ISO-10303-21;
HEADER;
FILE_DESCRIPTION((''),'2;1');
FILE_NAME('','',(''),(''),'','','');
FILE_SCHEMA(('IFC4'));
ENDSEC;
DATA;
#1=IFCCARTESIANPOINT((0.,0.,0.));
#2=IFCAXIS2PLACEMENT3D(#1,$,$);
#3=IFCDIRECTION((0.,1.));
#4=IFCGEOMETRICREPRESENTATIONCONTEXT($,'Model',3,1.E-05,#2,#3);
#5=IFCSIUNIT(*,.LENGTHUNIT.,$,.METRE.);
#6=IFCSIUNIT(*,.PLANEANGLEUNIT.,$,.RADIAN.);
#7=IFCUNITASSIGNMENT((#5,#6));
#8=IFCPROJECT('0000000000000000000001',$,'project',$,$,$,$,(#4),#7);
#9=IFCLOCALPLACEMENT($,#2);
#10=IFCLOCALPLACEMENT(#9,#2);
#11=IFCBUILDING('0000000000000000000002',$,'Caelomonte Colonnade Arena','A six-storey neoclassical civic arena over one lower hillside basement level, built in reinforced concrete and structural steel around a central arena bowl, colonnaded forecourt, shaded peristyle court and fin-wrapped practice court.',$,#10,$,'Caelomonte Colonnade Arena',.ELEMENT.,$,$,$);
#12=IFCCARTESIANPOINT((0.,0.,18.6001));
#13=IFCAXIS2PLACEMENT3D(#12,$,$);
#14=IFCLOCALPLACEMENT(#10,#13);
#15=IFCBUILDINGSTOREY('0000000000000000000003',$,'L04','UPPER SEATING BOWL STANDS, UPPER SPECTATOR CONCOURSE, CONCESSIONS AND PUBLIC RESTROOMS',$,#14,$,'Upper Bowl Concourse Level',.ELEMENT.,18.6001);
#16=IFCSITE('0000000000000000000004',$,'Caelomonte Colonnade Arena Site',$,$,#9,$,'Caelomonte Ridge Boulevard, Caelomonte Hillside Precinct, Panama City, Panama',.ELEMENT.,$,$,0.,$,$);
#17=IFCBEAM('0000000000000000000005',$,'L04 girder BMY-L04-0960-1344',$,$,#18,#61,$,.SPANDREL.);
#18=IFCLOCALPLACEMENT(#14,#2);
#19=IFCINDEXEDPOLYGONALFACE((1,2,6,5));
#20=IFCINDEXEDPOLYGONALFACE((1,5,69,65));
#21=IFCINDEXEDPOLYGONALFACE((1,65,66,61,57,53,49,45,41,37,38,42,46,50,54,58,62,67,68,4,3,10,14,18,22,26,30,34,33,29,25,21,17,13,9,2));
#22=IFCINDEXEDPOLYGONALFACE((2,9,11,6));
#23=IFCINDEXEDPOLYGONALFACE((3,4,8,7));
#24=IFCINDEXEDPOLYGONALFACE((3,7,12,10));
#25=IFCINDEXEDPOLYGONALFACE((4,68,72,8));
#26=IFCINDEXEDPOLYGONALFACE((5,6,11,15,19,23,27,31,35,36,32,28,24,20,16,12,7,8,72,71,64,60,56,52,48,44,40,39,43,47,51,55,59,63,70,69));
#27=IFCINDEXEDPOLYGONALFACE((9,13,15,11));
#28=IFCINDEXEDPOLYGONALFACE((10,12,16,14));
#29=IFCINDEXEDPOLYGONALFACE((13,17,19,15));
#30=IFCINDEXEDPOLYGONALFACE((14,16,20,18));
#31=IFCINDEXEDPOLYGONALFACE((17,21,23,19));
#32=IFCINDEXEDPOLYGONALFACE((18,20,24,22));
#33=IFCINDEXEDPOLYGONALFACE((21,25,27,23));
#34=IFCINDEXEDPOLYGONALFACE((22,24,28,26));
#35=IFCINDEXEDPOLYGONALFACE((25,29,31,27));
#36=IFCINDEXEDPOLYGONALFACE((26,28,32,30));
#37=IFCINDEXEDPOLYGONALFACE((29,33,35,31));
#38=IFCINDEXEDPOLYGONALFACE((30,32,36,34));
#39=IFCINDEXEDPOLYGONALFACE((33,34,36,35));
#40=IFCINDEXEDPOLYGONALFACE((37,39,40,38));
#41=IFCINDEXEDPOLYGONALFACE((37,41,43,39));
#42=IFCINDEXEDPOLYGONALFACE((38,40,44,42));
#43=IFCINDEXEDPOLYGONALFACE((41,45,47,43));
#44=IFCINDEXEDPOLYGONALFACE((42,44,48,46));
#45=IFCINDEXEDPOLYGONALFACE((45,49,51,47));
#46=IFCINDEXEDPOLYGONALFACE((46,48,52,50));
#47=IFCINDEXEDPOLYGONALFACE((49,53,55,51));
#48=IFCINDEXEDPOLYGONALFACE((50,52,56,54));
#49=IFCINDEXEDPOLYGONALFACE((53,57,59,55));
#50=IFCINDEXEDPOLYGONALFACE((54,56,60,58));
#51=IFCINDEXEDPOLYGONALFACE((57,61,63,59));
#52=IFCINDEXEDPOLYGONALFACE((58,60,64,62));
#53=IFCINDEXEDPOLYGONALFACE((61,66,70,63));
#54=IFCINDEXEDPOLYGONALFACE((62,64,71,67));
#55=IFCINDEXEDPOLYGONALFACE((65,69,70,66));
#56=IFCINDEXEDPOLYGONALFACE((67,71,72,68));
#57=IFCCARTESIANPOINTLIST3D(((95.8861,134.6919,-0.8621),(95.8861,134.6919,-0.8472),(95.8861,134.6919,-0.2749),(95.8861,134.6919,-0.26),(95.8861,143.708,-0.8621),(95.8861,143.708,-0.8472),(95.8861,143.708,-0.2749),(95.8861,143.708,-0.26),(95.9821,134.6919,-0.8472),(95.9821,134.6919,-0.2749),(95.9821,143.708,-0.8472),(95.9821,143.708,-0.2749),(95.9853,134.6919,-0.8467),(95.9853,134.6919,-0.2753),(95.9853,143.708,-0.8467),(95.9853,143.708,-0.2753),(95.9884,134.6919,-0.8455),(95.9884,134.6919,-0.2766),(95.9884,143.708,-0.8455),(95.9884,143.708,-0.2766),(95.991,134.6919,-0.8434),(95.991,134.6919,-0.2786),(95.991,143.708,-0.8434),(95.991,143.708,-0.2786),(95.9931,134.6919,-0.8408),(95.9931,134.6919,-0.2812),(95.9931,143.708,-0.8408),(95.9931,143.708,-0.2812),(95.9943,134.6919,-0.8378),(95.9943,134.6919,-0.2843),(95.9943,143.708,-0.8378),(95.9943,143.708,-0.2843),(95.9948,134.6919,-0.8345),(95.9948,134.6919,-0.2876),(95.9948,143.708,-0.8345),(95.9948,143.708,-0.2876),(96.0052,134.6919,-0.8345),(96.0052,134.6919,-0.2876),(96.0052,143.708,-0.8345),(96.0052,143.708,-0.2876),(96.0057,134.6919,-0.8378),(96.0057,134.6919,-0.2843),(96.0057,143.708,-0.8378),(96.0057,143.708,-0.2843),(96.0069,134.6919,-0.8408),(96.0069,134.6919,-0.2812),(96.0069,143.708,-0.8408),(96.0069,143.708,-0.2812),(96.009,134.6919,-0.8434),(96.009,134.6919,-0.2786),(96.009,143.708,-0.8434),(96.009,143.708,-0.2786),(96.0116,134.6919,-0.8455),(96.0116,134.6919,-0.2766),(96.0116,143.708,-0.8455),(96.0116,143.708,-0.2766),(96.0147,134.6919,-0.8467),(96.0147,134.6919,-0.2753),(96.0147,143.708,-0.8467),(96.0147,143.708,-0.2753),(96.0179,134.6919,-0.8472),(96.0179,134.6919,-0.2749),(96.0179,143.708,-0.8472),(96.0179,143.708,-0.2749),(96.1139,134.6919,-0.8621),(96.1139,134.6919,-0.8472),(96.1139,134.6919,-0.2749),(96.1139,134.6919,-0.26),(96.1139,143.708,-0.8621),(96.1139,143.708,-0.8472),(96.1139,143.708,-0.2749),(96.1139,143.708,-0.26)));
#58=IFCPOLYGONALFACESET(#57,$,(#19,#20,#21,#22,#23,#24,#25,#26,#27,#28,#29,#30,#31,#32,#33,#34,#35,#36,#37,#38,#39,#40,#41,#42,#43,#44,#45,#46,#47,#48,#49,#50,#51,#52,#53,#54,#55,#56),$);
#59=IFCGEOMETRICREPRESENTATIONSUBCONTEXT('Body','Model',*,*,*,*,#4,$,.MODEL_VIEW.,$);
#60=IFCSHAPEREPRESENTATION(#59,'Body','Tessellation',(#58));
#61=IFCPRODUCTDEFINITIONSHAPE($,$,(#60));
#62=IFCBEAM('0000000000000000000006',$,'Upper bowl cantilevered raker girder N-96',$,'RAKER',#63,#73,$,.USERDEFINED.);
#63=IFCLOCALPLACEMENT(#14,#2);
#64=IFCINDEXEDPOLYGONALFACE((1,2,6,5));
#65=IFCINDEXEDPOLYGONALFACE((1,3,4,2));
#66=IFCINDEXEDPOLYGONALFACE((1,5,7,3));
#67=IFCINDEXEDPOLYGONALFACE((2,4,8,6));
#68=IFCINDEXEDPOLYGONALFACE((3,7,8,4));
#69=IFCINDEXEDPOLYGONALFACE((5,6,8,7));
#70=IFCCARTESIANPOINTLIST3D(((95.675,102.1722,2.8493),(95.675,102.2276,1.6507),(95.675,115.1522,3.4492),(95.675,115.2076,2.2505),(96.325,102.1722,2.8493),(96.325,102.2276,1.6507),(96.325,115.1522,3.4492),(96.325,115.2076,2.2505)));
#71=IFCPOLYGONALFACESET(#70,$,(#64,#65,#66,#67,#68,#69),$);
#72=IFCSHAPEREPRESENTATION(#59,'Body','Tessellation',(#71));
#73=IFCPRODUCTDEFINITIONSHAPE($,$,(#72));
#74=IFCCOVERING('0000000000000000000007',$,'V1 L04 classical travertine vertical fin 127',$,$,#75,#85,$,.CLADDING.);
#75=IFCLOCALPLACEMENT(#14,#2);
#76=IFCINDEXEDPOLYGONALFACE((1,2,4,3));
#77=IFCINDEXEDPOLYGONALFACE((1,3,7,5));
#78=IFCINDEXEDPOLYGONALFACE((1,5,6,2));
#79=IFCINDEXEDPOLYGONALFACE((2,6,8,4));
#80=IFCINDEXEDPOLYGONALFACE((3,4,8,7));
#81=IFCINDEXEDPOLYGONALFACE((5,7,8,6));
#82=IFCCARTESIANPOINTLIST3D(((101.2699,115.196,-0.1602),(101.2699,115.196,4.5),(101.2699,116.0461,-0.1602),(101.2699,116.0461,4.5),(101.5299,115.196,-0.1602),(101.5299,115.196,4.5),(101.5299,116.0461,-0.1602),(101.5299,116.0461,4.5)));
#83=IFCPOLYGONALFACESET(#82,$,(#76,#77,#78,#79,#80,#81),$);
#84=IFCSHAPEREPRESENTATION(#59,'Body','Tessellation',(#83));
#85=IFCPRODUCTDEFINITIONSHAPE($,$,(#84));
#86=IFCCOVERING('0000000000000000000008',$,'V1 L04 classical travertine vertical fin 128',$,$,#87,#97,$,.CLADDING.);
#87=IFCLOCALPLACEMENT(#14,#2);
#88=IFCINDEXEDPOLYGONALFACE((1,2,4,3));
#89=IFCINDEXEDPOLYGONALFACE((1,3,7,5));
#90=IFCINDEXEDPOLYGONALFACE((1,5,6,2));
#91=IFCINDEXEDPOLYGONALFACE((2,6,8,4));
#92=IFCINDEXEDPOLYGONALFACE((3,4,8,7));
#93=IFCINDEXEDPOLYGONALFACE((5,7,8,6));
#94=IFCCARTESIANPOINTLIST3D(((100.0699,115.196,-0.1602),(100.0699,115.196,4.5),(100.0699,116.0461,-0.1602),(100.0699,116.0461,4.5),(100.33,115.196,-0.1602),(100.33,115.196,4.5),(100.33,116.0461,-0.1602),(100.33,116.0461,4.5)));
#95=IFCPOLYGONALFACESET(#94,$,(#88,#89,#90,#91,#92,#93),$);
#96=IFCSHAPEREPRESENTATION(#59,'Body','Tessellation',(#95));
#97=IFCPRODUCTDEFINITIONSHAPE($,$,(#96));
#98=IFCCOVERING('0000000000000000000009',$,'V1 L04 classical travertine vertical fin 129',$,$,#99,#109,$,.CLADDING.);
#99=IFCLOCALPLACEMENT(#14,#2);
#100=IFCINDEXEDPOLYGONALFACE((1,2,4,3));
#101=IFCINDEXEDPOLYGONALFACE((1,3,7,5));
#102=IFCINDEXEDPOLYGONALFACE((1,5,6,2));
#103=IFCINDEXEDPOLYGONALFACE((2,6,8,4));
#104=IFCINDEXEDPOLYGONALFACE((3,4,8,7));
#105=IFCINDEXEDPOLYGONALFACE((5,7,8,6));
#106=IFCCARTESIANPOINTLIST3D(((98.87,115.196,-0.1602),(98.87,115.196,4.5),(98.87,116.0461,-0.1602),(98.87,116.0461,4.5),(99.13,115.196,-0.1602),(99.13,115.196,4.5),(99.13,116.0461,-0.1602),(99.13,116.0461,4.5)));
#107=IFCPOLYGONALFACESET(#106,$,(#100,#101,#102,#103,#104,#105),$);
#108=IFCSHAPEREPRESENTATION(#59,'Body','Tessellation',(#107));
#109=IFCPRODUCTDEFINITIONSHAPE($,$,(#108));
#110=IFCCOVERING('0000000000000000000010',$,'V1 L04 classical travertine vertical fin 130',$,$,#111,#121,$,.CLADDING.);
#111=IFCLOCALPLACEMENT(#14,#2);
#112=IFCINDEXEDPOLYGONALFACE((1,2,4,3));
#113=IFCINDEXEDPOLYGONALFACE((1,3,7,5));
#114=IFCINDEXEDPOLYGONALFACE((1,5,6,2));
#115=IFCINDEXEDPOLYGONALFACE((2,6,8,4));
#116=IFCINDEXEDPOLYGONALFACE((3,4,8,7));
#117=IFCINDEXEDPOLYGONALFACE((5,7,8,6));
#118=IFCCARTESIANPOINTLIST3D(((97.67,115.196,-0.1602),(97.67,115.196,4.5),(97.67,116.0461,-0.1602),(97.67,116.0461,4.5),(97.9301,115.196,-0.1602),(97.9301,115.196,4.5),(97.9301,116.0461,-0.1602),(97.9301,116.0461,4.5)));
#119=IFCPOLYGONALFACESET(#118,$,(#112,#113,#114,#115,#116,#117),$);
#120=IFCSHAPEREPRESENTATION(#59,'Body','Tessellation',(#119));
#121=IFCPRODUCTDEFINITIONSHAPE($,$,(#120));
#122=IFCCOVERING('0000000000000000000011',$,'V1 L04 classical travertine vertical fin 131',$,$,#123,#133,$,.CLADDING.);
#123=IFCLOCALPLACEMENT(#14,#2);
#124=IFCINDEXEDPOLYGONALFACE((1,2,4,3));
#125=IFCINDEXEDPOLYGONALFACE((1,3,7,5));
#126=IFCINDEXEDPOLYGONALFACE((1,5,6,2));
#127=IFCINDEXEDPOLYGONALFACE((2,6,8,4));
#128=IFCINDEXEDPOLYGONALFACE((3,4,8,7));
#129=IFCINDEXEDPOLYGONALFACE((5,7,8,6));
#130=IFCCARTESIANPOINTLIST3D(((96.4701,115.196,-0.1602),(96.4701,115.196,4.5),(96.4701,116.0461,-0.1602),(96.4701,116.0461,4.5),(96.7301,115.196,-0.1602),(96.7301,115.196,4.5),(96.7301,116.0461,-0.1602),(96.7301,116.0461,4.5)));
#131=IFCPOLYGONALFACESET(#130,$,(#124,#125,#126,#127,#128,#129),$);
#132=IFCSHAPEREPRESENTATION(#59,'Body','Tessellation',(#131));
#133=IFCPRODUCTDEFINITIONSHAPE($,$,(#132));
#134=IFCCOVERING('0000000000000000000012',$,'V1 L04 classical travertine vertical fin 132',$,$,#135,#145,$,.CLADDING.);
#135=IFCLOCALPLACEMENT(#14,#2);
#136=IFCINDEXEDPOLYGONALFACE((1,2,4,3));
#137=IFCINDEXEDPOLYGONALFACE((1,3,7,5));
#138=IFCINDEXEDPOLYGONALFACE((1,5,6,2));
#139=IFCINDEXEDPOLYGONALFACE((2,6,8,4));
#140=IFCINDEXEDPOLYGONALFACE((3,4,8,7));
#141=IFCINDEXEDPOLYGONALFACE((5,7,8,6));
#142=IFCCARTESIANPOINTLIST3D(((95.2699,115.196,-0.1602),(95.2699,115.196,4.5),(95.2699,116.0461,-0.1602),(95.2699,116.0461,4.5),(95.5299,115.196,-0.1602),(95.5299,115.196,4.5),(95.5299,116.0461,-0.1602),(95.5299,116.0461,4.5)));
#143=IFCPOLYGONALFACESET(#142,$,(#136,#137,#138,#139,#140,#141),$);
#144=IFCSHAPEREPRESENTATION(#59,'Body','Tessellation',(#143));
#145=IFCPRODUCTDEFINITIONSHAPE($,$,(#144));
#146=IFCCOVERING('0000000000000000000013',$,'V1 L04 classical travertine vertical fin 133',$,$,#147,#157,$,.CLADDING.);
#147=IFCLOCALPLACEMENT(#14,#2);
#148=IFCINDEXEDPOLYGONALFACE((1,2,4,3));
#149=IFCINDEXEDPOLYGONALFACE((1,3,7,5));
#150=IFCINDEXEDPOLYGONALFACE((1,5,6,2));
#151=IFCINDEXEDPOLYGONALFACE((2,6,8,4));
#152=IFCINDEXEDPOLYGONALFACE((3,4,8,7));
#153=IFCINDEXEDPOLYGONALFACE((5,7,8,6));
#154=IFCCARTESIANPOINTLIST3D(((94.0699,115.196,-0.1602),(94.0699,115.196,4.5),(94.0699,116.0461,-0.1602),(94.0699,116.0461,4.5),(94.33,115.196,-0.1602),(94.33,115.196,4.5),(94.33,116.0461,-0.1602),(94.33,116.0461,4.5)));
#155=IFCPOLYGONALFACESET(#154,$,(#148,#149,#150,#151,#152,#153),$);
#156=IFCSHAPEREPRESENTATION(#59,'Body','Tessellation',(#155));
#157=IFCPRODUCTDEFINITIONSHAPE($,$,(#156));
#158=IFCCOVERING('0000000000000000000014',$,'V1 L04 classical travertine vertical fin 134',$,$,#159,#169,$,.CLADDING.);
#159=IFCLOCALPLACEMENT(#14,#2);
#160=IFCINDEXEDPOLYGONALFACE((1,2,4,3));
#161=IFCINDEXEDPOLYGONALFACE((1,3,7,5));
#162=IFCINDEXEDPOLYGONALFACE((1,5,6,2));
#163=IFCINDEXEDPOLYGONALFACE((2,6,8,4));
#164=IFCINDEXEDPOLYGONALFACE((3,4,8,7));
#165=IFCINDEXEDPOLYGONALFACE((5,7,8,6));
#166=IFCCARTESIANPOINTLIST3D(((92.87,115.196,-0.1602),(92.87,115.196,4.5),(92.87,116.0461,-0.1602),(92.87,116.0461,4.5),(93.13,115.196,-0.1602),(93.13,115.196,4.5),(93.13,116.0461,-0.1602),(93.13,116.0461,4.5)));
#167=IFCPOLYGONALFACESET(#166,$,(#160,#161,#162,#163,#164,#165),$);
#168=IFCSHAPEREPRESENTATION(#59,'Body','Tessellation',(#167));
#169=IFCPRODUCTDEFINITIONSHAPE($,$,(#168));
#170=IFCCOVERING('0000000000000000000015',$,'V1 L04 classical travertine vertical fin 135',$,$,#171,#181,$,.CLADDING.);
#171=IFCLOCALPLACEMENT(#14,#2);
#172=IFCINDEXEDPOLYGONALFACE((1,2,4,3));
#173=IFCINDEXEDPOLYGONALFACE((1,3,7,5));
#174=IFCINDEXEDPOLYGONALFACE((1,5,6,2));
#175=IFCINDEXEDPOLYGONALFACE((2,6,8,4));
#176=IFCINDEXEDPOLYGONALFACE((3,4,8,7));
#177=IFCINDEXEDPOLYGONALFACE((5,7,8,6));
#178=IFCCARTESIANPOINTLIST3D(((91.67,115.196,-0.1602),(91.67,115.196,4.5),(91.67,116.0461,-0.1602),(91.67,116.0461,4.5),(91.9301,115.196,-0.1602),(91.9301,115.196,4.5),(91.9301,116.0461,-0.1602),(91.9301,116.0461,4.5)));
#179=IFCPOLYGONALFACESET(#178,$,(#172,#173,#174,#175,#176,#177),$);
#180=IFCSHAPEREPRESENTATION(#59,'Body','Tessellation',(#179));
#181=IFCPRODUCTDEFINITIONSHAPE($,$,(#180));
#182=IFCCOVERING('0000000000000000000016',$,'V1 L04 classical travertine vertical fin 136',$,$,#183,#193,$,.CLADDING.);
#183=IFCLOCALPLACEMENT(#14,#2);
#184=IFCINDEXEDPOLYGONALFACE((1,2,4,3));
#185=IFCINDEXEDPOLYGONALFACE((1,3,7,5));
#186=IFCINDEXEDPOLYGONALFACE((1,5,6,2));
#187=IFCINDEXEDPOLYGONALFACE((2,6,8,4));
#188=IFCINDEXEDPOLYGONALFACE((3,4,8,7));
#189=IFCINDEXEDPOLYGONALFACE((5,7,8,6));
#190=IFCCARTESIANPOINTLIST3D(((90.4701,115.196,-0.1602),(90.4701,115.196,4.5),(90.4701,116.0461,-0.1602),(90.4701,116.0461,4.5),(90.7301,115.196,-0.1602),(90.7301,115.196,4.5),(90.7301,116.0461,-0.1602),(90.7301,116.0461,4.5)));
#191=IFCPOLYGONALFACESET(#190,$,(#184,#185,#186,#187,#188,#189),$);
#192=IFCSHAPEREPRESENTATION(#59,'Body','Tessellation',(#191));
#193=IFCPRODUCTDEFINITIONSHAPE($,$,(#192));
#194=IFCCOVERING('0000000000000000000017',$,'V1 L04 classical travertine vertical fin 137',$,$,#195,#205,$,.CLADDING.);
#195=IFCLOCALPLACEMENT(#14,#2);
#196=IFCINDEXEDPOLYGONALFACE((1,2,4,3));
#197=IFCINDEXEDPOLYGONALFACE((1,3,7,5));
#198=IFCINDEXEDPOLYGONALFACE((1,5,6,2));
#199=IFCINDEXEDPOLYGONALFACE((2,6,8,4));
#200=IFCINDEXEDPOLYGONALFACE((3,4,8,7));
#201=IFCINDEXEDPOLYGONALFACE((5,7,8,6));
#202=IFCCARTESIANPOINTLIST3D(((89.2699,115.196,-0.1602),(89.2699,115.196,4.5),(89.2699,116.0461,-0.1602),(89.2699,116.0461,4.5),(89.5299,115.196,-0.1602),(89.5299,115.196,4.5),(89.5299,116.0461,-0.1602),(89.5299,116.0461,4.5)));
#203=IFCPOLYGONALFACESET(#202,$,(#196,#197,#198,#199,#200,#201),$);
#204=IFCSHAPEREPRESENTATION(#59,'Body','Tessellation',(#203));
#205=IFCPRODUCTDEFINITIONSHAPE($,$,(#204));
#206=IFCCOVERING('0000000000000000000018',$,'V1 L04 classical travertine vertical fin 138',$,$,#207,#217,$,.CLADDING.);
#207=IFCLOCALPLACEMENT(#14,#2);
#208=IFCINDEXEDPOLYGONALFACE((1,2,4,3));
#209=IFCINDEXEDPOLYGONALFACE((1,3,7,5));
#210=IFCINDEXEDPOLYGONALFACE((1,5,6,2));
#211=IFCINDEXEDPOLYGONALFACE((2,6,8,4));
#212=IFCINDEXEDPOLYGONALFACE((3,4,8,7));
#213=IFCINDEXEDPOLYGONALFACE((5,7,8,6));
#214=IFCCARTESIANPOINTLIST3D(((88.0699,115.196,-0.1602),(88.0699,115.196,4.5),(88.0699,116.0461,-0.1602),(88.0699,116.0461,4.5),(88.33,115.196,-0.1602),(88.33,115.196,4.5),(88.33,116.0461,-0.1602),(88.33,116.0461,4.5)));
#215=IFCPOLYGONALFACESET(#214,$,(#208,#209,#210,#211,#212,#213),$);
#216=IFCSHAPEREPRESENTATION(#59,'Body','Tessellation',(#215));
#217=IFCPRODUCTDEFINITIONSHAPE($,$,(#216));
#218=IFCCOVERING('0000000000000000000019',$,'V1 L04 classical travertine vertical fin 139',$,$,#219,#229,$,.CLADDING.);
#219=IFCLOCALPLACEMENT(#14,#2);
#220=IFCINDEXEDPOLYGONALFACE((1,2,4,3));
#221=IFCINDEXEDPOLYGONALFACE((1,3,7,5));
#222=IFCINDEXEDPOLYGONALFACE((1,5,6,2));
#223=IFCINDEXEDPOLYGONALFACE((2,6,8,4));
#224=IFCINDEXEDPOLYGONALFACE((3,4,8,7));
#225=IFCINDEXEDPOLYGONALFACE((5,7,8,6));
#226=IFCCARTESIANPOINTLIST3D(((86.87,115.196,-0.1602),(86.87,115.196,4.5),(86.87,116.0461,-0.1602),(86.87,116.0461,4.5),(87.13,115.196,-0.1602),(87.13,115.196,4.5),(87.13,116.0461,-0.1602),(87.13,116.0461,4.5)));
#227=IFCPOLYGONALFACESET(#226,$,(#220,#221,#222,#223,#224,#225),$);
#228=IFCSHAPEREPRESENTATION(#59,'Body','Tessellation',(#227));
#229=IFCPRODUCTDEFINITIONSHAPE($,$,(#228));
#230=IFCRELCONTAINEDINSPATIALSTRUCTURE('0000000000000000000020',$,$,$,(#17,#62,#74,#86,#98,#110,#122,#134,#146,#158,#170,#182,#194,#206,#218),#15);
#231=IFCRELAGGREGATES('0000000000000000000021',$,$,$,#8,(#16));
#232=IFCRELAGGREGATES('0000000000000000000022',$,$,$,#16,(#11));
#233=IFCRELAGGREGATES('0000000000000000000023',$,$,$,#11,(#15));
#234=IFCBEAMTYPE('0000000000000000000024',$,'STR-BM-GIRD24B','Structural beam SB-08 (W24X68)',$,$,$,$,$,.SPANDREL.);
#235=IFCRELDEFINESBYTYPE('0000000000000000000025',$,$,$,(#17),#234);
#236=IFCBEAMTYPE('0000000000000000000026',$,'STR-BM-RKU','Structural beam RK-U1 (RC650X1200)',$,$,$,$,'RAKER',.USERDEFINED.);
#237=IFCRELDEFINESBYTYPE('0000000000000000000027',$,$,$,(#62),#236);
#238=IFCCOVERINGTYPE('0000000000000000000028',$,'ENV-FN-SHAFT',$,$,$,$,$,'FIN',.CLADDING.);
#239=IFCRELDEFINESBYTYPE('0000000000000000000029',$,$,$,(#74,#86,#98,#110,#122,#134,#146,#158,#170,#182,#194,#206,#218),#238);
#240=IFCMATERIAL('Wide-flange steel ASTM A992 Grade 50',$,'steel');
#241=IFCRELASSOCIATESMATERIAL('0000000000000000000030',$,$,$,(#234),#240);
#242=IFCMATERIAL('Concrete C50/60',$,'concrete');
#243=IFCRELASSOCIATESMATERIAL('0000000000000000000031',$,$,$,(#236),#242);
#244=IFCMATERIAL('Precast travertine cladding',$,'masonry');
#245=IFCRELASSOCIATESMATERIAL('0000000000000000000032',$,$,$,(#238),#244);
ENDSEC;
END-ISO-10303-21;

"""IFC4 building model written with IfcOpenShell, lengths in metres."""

from ifc_helpers import new_model, si_unit, direction, frame, origin, origin_2d, place, context, subcontext, project, spatial, rectangle, i_section, extrude, material, material_profile, profile_set, type_object, element, save


model = new_model("IFC4")

# Units and contexts
model_context = context("Model", 3, precision=1e-05, world=origin(), true_north=direction((0.0, 1.0)))
body_context = subcontext(model_context, "Body", "Model", "MODEL_VIEW")
ifc_project = project(units=[si_unit("LENGTHUNIT", "METRE"), si_unit("PLANEANGLEUNIT", "RADIAN")], contexts=[model_context])

# Site, building, storey
site_placement = place(None, origin())
site = spatial("IfcSite", under=ifc_project, at=site_placement, Name="Caelomonte Colonnade Arena Site", LongName="Caelomonte Ridge Boulevard, Caelomonte Hillside Precinct, Panama City, Panama", CompositionType="ELEMENT", RefElevation=0.0)
building_placement = place(site_placement, origin())
building = spatial("IfcBuilding", under=site, at=building_placement, Name="Caelomonte Colonnade Arena", Description="A six-storey neoclassical civic arena over one lower hillside basement level, built in reinforced concrete and structural steel around a central arena bowl, colonnaded forecourt, shaded peristyle court and fin-wrapped practice court.", LongName="Caelomonte Colonnade Arena", CompositionType="ELEMENT")
storey_placement = place(building_placement, frame((0.0, 0.0, 18.6001)))
storey = spatial("IfcBuildingStorey", under=building, at=storey_placement, Name="L04", Description="UPPER SEATING BOWL STANDS, UPPER SPECTATOR CONCOURSE, CONCESSIONS AND PUBLIC RESTROOMS", LongName="Upper Bowl Concourse Level", CompositionType="ELEMENT", Elevation=18.6001)

# Shared definitions
ifc_material_1 = material(Name="Wide-flange steel ASTM A992 Grade 50", Category="steel")

# Beams
ifc_material_profile_1 = material_profile(ifc_material_1, i_section(OverallWidth=0.2278, OverallDepth=0.6021, WebThickness=0.0105, FlangeThickness=0.0149, FilletRadius=0.0127, at=origin_2d()), Name="W24X68")
ifc_profile_set_1 = profile_set([ifc_material_profile_1], Name="Wide-flange steel ASTM A992 Grade 50")
beam_type_1 = type_object("IfcBeamType", Name="STR-BM-GIRD24B", Description="Structural beam SB-08 (W24X68)", PredefinedType="SPANDREL", material=ifc_profile_set_1)
beam_1_placement = place(storey_placement, frame((96.0, 134.6919, -0.561), z_axis=(0.0, 1.0, 0.0), x_axis=(-1.0, 0.0, 0.0)))
element("IfcBeam", 1, at=beam_1_placement, inside=storey, type_object=beam_type_1, Name="L04 girder BMY-L04-0960-1344", PredefinedType="SPANDREL", context=body_context, shape_type="SweptSolid", body=[
    extrude(i_section(OverallWidth=0.2278, OverallDepth=0.6021, WebThickness=0.0105, FlangeThickness=0.0149, FilletRadius=0.0127, at=origin_2d()), origin(), (0.0, 0.0, 1.0), 9.0161),
])
ifc_material_2 = material(Name="Concrete C50/60", Category="concrete")
ifc_material_profile_2 = material_profile(ifc_material_2, rectangle(XDim=0.6499, YDim=1.2, at=origin_2d()), Name="RC650X1200")
ifc_profile_set_2 = profile_set([ifc_material_profile_2], Name="Concrete C50/60")
beam_type_2 = type_object("IfcBeamType", Name="STR-BM-RKU", Description="Structural beam RK-U1 (RC650X1200)", ElementType="RAKER", PredefinedType="USERDEFINED", material=ifc_profile_set_2)
beam_2_placement = place(storey_placement, frame((96.0, 115.1799, 2.8499), z_axis=(0.0, -0.998934, -0.046164), x_axis=(1.0, 0.0, 0.0)))
element("IfcBeam", 2, at=beam_2_placement, inside=storey, type_object=beam_type_2, Name="Upper bowl cantilevered raker girder N-96", ObjectType="RAKER", PredefinedType="USERDEFINED", context=body_context, shape_type="SweptSolid", body=[
    extrude(rectangle(XDim=0.6499, YDim=1.2, at=origin_2d()), origin(), (0.0, 0.0, 1.0), 12.9939),
])

# Coverings
ifc_material_3 = material(Name="Precast travertine cladding", Category="masonry")
ifc_material_profile_3 = material_profile(ifc_material_3, rectangle(XDim=0.26, YDim=0.8501, at=origin_2d()), Name="FIN260X850")
ifc_profile_set_3 = profile_set([ifc_material_profile_3], Name="Precast travertine cladding")
covering_type = type_object("IfcCoveringType", Name="ENV-FN-SHAFT", ElementType="FIN", PredefinedType="CLADDING", material=ifc_profile_set_3)
for number, where, z_axis, x_axis, name in (
    (3, (101.3999, 115.6211, -0.1602), (0.0, 0.0, 1.0), (1.0, 0.0, 0.0), "V1 L04 classical travertine vertical fin 127"),
    (4, (100.2, 115.6211, -0.1602), (0.0, 0.0, 1.0), (1.0, 0.0, 0.0), "V1 L04 classical travertine vertical fin 128"),
    (5, (99.0, 115.6211, -0.1602), (0.0, 0.0, 1.0), (1.0, 0.0, 0.0), "V1 L04 classical travertine vertical fin 129"),
    (6, (97.8, 115.6211, -0.1602), (0.0, 0.0, 1.0), (1.0, 0.0, 0.0), "V1 L04 classical travertine vertical fin 130"),
    (7, (96.6001, 115.6211, -0.1602), (0.0, 0.0, 1.0), (1.0, 0.0, 0.0), "V1 L04 classical travertine vertical fin 131"),
    (8, (95.3999, 115.6211, -0.1602), (0.0, 0.0, 1.0), (1.0, 0.0, 0.0), "V1 L04 classical travertine vertical fin 132"),
    (9, (94.2, 115.6211, -0.1602), (0.0, 0.0, 1.0), (1.0, 0.0, 0.0), "V1 L04 classical travertine vertical fin 133"),
    (10, (93.0, 115.6211, -0.1602), (0.0, 0.0, 1.0), (1.0, 0.0, 0.0), "V1 L04 classical travertine vertical fin 134"),
    (11, (91.8, 115.6211, -0.1602), (0.0, 0.0, 1.0), (1.0, 0.0, 0.0), "V1 L04 classical travertine vertical fin 135"),
    (12, (90.6001, 115.6211, -0.1602), (0.0, 0.0, 1.0), (1.0, 0.0, 0.0), "V1 L04 classical travertine vertical fin 136"),
    (13, (89.3999, 115.6211, -0.1602), (0.0, 0.0, 1.0), (1.0, 0.0, 0.0), "V1 L04 classical travertine vertical fin 137"),
    (14, (88.2, 115.6211, -0.1602), (0.0, 0.0, 1.0), (1.0, 0.0, 0.0), "V1 L04 classical travertine vertical fin 138"),
    (15, (87.0, 115.6211, -0.1602), (0.0, 0.0, 1.0), (1.0, 0.0, 0.0), "V1 L04 classical travertine vertical fin 139"),
):
    element("IfcCovering", number, at=place(storey_placement, frame(where, z_axis=z_axis, x_axis=x_axis)), inside=storey, type_object=covering_type, Name=name, PredefinedType="CLADDING", context=body_context, shape_type="SweptSolid", body=[
        extrude(rectangle(XDim=0.26, YDim=0.8501, at=origin_2d()), origin(), (0.0, 0.0, 1.0), 4.6602),
    ])

save(model, "model.ifc")
